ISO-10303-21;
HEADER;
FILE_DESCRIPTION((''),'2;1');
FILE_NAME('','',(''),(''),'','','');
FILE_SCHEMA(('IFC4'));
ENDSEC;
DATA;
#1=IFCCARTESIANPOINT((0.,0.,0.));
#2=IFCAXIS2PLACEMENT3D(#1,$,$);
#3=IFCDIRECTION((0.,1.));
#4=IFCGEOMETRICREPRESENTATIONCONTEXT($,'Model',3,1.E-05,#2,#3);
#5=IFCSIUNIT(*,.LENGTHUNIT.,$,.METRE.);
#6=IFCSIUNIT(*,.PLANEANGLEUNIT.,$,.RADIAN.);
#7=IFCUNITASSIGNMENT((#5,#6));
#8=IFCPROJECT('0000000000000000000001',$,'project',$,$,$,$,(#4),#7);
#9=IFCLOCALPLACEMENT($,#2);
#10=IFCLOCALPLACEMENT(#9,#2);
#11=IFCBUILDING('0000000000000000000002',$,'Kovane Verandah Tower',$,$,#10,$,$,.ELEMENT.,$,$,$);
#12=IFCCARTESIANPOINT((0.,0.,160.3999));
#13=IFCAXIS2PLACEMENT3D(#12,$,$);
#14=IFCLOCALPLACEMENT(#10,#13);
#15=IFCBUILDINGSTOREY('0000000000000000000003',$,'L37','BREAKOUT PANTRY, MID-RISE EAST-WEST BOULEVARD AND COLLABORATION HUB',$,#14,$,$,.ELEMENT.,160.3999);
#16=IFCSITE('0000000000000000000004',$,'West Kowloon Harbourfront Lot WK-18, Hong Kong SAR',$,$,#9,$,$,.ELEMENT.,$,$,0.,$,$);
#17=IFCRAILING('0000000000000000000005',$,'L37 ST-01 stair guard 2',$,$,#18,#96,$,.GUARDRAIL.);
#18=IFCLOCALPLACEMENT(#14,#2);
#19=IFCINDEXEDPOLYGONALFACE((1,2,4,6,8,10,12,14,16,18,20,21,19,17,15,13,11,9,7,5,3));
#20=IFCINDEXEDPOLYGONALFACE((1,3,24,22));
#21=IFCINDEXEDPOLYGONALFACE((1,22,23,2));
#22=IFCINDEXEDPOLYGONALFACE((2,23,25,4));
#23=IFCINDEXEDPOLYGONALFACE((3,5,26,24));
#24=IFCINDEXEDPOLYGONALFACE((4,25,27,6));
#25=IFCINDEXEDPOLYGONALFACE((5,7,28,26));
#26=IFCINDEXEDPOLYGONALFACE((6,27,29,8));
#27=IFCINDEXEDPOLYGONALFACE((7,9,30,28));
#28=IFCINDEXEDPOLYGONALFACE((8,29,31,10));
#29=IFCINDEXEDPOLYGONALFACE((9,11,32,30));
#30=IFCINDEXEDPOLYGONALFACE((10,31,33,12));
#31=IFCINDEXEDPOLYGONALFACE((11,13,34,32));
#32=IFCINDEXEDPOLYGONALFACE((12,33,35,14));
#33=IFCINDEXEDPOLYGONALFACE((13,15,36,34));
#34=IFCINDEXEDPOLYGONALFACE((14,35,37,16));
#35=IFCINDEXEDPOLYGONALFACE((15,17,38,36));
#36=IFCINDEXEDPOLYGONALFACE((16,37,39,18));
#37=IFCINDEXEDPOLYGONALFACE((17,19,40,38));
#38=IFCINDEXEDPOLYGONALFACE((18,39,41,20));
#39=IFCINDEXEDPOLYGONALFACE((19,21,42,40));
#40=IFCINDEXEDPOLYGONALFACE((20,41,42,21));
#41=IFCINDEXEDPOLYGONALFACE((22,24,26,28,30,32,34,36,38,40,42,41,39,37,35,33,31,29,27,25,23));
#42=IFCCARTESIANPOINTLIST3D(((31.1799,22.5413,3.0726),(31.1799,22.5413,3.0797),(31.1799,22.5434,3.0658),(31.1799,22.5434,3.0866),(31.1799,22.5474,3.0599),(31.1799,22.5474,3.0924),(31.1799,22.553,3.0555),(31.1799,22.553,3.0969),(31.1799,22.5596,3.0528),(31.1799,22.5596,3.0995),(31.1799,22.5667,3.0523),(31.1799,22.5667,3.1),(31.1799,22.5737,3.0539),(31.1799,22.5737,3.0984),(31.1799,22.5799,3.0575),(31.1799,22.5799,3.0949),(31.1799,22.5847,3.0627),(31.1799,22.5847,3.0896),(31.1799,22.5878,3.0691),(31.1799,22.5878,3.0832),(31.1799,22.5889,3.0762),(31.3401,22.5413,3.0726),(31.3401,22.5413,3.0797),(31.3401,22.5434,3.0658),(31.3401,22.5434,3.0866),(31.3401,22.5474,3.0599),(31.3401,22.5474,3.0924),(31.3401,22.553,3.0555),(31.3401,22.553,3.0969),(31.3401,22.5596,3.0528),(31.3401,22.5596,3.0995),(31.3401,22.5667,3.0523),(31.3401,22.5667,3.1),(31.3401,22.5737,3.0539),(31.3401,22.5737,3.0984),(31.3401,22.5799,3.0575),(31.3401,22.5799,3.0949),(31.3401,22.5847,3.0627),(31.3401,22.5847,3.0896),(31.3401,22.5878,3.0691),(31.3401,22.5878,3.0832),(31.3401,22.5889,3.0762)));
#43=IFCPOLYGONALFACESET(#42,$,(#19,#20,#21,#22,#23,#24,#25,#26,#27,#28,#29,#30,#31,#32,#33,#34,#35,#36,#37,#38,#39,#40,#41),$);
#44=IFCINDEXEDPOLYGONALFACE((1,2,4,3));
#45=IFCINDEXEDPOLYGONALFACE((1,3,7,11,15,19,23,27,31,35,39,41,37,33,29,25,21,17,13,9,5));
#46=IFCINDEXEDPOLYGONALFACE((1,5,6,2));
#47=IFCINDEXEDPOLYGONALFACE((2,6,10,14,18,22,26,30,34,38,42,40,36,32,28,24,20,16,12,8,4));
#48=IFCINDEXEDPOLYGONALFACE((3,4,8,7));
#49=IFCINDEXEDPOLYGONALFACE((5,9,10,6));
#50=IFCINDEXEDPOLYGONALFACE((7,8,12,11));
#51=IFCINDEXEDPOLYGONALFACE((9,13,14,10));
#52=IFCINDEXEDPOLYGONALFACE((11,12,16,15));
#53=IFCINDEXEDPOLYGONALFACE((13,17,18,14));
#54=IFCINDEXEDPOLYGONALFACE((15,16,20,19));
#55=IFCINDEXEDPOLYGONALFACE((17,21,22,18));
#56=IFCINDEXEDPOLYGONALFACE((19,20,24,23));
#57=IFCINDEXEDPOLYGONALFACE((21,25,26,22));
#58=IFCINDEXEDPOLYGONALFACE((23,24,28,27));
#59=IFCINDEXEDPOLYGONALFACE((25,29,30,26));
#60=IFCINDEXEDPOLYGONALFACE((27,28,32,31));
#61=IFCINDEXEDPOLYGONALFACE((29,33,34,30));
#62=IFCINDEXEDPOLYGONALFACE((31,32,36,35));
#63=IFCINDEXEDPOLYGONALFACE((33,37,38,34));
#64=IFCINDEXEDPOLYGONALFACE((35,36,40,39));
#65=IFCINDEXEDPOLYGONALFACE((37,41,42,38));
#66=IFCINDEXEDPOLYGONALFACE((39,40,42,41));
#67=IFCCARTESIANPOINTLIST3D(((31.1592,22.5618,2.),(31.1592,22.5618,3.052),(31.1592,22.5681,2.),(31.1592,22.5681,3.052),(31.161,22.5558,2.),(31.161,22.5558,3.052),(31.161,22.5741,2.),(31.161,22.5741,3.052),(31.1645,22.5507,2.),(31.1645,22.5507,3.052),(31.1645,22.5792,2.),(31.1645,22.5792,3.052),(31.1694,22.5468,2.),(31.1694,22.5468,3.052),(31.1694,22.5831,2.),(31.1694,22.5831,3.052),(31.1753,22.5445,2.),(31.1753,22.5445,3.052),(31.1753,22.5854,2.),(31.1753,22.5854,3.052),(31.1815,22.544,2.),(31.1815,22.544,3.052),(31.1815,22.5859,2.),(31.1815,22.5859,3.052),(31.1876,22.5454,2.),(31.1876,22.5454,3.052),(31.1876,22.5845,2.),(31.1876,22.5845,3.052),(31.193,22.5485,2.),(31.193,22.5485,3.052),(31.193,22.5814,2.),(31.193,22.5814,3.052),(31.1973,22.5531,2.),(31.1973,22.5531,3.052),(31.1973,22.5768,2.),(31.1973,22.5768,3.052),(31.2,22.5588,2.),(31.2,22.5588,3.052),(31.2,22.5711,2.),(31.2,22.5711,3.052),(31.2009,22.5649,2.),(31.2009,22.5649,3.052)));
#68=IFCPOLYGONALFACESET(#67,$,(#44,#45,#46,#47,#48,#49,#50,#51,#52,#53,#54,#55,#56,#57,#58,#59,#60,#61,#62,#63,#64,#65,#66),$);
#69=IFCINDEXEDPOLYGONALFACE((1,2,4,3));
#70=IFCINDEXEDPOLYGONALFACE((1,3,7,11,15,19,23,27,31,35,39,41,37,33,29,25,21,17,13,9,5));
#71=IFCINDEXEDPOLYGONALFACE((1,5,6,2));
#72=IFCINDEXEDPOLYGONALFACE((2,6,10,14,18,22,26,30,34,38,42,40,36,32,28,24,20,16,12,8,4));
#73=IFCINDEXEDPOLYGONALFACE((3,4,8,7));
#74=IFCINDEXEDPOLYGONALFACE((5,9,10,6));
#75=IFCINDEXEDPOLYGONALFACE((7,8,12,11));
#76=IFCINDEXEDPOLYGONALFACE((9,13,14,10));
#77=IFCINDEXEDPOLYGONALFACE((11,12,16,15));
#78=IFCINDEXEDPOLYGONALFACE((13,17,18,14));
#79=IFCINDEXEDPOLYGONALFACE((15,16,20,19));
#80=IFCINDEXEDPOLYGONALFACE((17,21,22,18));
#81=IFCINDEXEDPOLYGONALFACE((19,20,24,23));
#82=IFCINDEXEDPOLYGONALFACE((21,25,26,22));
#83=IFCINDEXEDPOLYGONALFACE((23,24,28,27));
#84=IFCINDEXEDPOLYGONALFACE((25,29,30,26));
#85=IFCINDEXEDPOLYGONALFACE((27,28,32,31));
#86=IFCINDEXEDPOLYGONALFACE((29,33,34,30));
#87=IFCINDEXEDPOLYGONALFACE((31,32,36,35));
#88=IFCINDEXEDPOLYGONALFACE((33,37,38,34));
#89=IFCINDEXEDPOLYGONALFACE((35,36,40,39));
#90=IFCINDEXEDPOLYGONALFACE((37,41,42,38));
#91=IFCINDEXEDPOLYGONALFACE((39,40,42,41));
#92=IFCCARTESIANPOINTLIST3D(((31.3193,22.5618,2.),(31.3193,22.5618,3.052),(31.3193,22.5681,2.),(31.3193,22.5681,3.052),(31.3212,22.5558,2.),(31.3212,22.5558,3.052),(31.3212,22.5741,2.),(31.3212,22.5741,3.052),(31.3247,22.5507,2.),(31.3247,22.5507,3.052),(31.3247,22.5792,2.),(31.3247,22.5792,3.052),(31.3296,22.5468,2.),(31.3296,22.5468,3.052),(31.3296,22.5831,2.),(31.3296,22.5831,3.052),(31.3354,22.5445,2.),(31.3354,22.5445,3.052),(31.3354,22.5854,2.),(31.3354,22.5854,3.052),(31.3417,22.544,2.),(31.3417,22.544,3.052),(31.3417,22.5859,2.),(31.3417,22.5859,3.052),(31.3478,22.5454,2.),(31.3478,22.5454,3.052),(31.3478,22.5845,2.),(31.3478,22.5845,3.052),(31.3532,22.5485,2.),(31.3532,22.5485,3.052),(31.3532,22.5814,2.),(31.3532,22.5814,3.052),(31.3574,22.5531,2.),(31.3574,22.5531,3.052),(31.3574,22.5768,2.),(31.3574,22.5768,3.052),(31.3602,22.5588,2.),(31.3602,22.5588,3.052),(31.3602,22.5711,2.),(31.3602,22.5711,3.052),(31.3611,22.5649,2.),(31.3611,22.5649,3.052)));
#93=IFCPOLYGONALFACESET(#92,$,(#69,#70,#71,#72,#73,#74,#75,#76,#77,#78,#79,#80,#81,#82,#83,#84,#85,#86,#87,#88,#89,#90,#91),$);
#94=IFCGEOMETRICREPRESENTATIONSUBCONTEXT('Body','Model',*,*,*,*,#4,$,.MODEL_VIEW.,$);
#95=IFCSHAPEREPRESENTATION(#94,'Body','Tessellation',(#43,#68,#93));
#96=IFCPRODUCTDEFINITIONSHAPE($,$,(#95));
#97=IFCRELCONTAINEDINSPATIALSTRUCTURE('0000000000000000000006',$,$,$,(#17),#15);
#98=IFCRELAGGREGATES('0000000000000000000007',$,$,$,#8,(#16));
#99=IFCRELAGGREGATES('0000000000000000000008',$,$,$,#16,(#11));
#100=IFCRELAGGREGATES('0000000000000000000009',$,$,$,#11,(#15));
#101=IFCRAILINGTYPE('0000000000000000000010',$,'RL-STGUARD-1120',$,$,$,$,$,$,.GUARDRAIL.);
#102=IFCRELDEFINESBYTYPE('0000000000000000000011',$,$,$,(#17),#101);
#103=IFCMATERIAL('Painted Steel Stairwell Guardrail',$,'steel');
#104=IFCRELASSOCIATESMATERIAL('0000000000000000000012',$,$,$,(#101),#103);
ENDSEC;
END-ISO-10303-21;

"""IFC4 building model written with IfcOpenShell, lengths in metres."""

from ifc_helpers import new_model, si_unit, direction, frame, origin, origin_2d, place, context, subcontext, project, spatial, circle, extrude, material, type_object, element, save


model = new_model("IFC4")

# Units and contexts
model_context = context("Model", 3, precision=1e-05, world=origin(), true_north=direction((0.0, 1.0)))
body_context = subcontext(model_context, "Body", "Model", "MODEL_VIEW")
ifc_project = project(units=[si_unit("LENGTHUNIT", "METRE"), si_unit("PLANEANGLEUNIT", "RADIAN")], contexts=[model_context])

# Site, building, storey
site_placement = place(None, origin())
site = spatial("IfcSite", under=ifc_project, at=site_placement, Name="West Kowloon Harbourfront Lot WK-18, Hong Kong SAR", CompositionType="ELEMENT", RefElevation=0.0)
building_placement = place(site_placement, origin())
building = spatial("IfcBuilding", under=site, at=building_placement, Name="Kovane Verandah Tower", CompositionType="ELEMENT")
storey_placement = place(building_placement, frame((0.0, 0.0, 160.3999)))
storey = spatial("IfcBuildingStorey", under=building, at=storey_placement, Name="L37", Description="BREAKOUT PANTRY, MID-RISE EAST-WEST BOULEVARD AND COLLABORATION HUB", CompositionType="ELEMENT", Elevation=160.3999)

# Railing
ifc_material_1 = material(Name="Painted Steel Stairwell Guardrail", Category="steel")
railing_type_1 = type_object("IfcRailingType", Name="RL-STGUARD-1120", PredefinedType="GUARDRAIL", material=ifc_material_1)
railing_1_placement = place(storey_placement, frame((31.1799, 22.5649, 2.0)))
element("IfcRailing", 1, at=railing_1_placement, inside=storey, type_object=railing_type_1, Name="L37 ST-01 stair guard 2", PredefinedType="GUARDRAIL", context=body_context, shape_type="SweptSolid", body=[
    extrude(circle(Radius=0.0239, at=origin_2d()), frame((0.0, 0.0, 1.0762), z_axis=(1.0, 0.0, 0.0), x_axis=(0.0, 1.0, 0.0)), (0.0, 0.0, 1.0), 0.1602),
    extrude(circle(Radius=0.021, at=origin_2d()), origin(), (0.0, 0.0, 1.0), 1.052),
    extrude(circle(Radius=0.021, at=origin_2d()), frame((0.1602, 0.0, 0.0)), (0.0, 0.0, 1.0), 1.052),
])

save(model, "model.ifc")
